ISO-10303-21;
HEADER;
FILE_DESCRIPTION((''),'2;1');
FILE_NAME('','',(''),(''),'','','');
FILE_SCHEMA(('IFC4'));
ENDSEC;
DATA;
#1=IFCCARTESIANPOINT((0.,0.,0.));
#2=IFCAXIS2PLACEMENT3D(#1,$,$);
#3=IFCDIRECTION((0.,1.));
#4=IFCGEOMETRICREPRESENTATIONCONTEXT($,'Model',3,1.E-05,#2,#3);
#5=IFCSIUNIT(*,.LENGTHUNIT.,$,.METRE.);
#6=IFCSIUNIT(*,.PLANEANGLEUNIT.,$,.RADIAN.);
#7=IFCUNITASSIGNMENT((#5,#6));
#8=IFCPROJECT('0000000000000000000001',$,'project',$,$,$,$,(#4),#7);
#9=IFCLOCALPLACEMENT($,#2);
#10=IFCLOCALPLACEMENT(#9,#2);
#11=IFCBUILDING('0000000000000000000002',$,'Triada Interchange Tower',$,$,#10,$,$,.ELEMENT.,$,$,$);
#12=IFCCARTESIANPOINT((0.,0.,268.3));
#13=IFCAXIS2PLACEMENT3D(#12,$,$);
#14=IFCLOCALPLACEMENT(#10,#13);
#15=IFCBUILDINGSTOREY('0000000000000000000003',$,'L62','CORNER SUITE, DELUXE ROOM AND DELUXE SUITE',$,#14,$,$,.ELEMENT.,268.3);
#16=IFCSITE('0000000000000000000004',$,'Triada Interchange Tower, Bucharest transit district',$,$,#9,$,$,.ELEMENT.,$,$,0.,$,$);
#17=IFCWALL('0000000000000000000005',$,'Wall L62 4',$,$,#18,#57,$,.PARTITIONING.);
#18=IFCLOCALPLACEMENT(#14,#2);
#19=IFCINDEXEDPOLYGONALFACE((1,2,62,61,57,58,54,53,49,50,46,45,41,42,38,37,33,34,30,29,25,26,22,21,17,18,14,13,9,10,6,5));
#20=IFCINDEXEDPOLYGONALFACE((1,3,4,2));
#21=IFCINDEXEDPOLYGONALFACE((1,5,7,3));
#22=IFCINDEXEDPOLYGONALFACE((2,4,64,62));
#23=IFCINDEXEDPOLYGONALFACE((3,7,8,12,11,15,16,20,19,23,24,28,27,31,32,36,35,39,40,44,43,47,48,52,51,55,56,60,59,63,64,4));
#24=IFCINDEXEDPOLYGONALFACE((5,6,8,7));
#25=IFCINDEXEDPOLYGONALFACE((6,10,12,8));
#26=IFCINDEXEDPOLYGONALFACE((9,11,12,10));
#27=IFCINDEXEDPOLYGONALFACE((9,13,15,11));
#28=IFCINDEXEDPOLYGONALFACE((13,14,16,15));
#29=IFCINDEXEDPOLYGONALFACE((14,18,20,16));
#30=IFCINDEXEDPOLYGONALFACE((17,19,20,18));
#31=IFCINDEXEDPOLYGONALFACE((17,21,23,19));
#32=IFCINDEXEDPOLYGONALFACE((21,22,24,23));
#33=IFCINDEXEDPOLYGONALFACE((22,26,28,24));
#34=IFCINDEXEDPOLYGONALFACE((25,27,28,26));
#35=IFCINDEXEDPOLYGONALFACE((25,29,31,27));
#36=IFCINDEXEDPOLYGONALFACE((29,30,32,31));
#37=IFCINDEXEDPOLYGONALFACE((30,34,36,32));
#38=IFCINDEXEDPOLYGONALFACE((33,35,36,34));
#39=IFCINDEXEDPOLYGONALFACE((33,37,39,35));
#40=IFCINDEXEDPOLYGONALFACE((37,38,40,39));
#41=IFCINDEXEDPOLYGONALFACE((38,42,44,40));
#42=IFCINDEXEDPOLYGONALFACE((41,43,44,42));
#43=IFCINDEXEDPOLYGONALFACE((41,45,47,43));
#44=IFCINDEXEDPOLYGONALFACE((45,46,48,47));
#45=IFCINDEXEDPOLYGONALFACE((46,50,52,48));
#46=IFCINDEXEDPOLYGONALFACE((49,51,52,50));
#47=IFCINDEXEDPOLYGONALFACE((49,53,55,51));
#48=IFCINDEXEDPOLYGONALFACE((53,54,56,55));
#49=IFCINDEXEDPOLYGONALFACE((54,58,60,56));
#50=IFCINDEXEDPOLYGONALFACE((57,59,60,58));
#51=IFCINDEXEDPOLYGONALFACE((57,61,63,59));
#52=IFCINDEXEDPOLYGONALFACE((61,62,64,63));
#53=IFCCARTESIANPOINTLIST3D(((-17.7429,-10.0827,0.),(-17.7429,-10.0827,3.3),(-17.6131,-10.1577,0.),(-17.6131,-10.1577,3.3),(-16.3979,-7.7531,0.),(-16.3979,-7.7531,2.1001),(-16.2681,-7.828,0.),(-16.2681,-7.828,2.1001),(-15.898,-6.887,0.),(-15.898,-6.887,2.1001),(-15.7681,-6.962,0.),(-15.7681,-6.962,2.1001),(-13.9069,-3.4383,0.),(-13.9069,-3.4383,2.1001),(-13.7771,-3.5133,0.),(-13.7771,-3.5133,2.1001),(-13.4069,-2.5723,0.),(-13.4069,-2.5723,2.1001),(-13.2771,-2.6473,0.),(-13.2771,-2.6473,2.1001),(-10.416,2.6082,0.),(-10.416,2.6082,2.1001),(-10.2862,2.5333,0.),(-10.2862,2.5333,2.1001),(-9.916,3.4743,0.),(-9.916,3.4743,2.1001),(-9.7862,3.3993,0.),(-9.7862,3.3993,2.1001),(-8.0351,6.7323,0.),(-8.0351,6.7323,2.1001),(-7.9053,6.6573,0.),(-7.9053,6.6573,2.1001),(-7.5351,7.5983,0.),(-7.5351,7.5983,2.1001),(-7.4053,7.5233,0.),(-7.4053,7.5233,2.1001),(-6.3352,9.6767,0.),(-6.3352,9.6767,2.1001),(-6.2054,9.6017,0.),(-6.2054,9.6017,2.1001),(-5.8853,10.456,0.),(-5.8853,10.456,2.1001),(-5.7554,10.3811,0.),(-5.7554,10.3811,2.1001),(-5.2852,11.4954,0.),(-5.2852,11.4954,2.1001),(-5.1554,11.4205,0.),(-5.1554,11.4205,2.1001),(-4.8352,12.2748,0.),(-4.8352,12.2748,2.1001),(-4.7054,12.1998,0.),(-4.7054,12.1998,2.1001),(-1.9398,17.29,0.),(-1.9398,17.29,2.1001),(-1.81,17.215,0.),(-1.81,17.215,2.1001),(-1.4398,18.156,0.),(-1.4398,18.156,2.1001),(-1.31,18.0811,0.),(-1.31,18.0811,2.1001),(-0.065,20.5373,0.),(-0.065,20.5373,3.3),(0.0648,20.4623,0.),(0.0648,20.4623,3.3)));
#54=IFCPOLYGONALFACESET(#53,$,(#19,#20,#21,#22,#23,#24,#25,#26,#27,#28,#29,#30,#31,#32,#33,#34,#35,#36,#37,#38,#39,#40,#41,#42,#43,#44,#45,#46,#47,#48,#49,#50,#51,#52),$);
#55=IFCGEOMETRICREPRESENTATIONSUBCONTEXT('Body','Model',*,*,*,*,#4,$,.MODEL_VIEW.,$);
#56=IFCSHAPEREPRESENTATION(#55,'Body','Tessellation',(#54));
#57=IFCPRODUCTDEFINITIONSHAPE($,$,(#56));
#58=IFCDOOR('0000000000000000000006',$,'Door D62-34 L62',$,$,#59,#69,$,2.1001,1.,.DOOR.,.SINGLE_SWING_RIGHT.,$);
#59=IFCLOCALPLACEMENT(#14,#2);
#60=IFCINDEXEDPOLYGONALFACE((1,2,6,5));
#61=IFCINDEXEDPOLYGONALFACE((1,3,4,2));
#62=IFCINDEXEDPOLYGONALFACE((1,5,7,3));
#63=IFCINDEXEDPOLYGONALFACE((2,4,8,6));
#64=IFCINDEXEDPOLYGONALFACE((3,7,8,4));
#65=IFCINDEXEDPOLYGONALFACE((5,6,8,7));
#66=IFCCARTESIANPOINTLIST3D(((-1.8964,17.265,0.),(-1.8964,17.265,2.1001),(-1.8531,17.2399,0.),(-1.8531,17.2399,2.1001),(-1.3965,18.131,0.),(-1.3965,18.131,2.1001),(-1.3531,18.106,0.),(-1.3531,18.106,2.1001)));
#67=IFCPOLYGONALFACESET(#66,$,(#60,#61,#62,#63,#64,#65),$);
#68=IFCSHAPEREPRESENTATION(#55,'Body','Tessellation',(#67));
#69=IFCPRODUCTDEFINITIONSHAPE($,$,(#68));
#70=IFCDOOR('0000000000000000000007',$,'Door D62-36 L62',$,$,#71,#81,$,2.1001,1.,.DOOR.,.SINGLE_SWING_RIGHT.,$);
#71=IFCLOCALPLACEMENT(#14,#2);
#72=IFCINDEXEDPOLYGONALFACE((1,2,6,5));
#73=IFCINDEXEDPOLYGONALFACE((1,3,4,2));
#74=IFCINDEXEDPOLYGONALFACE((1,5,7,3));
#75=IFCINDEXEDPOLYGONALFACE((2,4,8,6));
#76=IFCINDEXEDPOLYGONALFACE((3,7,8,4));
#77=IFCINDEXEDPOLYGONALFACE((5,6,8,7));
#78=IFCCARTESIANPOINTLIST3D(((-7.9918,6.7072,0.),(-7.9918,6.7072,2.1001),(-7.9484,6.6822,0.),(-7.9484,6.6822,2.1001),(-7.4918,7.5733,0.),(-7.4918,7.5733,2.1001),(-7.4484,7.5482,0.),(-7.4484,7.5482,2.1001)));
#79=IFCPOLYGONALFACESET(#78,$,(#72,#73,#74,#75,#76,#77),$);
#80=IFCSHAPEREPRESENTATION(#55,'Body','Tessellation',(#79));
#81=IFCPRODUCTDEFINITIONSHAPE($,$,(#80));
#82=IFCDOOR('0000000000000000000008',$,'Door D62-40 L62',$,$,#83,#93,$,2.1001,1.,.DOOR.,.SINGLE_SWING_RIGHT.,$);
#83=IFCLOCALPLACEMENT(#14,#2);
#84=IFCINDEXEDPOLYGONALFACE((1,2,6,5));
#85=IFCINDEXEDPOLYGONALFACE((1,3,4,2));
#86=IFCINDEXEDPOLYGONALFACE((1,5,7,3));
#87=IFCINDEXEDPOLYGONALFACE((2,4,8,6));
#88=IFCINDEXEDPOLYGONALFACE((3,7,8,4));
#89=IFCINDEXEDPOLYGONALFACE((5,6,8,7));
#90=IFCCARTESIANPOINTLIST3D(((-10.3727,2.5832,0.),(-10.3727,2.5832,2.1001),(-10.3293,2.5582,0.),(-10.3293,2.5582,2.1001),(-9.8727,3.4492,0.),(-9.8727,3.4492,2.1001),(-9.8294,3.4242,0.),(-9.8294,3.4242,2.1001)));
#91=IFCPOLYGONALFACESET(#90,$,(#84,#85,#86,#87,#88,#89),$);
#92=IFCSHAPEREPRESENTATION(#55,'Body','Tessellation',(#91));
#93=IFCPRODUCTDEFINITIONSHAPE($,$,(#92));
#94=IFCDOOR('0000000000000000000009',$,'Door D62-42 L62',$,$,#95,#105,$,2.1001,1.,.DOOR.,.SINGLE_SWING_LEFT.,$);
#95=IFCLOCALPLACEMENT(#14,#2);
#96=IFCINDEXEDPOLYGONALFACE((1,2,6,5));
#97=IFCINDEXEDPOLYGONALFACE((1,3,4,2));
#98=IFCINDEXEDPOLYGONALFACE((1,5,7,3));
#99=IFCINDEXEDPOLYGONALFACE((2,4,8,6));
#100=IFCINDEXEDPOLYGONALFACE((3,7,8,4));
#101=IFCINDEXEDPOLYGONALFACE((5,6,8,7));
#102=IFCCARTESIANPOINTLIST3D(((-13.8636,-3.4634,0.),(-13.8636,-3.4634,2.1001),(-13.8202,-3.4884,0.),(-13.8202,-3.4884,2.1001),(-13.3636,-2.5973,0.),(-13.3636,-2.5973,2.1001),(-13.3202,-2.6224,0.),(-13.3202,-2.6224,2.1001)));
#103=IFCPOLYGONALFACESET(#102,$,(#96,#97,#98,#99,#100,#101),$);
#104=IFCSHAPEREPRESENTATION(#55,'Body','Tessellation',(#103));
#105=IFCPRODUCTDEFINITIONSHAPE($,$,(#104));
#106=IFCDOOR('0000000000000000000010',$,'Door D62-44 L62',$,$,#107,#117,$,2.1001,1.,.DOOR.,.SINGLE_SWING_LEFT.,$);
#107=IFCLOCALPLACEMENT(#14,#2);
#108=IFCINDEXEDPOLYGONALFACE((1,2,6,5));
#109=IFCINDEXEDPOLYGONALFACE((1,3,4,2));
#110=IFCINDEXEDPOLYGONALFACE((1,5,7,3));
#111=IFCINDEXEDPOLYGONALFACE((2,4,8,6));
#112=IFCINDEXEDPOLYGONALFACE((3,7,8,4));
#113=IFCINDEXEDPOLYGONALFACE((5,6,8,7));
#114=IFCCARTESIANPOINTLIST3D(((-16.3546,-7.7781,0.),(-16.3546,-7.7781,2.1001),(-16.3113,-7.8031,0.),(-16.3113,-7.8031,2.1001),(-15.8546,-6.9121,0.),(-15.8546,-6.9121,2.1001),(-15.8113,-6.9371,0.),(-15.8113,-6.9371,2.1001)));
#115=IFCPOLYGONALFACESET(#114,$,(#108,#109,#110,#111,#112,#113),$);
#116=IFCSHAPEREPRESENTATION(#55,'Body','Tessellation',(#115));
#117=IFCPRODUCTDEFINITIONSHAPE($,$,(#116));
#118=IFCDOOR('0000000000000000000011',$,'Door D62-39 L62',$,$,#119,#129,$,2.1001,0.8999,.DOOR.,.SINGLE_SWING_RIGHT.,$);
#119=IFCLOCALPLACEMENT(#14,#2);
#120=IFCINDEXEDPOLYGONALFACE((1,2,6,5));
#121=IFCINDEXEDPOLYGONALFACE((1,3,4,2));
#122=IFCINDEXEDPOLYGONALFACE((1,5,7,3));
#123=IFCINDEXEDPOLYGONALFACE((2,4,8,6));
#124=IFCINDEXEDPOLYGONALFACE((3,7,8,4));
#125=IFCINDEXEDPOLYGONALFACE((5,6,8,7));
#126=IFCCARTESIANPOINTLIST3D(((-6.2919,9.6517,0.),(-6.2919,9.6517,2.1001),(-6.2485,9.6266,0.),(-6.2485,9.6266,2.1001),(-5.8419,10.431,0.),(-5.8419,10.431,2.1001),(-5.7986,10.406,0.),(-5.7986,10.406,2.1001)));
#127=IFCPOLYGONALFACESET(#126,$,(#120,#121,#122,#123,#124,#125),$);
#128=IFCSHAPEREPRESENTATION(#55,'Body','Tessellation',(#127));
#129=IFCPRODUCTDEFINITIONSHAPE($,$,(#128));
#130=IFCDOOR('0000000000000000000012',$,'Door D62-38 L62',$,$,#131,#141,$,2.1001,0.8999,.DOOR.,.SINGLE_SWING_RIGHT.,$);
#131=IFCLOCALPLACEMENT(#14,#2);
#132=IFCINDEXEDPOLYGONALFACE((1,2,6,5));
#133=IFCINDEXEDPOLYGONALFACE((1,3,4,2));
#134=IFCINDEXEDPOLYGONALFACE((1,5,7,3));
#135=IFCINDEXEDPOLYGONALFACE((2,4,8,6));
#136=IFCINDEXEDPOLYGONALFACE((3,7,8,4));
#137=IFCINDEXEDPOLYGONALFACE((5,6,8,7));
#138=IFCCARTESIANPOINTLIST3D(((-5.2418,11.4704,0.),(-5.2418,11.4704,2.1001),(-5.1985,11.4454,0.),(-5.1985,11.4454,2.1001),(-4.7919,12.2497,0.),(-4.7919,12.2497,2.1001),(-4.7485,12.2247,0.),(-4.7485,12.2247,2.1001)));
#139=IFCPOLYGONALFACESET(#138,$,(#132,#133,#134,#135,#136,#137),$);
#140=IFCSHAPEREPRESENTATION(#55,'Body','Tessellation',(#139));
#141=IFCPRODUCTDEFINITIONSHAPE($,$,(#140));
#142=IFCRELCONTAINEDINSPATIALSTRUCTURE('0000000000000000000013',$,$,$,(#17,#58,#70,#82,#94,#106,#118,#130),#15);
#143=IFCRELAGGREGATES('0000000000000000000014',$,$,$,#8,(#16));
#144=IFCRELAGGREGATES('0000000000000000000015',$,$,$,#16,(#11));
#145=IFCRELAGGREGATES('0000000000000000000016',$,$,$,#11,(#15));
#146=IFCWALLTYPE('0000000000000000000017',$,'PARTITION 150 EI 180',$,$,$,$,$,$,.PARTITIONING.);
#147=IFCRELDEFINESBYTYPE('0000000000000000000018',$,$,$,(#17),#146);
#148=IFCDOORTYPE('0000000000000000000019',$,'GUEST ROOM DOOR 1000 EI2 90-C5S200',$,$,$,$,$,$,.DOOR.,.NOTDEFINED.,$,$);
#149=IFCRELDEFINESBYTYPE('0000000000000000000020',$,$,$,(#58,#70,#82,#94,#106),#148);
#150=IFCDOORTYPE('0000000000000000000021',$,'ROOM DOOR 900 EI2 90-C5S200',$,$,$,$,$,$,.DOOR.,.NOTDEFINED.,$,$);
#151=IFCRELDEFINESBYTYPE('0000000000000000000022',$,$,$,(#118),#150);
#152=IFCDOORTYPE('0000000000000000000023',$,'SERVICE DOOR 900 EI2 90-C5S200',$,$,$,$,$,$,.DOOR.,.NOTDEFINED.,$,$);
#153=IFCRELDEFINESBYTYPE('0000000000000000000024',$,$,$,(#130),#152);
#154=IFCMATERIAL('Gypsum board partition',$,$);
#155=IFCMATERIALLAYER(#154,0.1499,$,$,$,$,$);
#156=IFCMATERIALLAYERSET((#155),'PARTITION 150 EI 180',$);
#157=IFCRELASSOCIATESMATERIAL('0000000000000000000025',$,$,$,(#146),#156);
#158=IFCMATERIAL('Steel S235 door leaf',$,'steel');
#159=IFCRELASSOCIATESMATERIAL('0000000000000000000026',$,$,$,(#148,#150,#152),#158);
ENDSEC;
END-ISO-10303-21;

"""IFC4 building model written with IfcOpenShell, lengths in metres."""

from ifc_helpers import new_model, si_unit, direction, frame, frame_2d, origin, place, context, subcontext, project, spatial, rectangle, extrude, material, layer, layer_set, type_object, element, fill, save


model = new_model("IFC4")

# Units and contexts
model_context = context("Model", 3, precision=1e-05, world=origin(), true_north=direction((0.0, 1.0)))
body_context = subcontext(model_context, "Body", "Model", "MODEL_VIEW")
ifc_project = project(units=[si_unit("LENGTHUNIT", "METRE"), si_unit("PLANEANGLEUNIT", "RADIAN")], contexts=[model_context])

# Site, building, storey
site_placement = place(None, origin())
site = spatial("IfcSite", under=ifc_project, at=site_placement, Name="Triada Interchange Tower, Bucharest transit district", CompositionType="ELEMENT", RefElevation=0.0)
building_placement = place(site_placement, origin())
building = spatial("IfcBuilding", under=site, at=building_placement, Name="Triada Interchange Tower", CompositionType="ELEMENT")
storey_placement = place(building_placement, frame((0.0, 0.0, 268.3)))
storey = spatial("IfcBuildingStorey", under=building, at=storey_placement, Name="L62", Description="CORNER SUITE, DELUXE ROOM AND DELUXE SUITE", CompositionType="ELEMENT", Elevation=268.3)

# Wall, openings, doors
ifc_material_1 = material(Name="Gypsum board partition")
ifc_layer = layer(ifc_material_1, 0.1499)
ifc_layer_set = layer_set([ifc_layer], Name="PARTITION 150 EI 180")
wall_type = type_object("IfcWallType", Name="PARTITION 150 EI 180", PredefinedType="PARTITIONING", material=ifc_layer_set)
wall_1_placement = place(storey_placement, frame((-17.678, -10.1201, 0.0), z_axis=(0.0, 0.0, 1.0), x_axis=(0.499988, 0.866032, 0.0)))
wall_1 = element("IfcWall", 1, at=wall_1_placement, inside=storey, type_object=wall_type, Name="Wall L62 4", PredefinedType="PARTITIONING", context=body_context, shape_type="SweptSolid", body=[
    extrude(rectangle(XDim=35.3567, YDim=0.1499, at=frame_2d((17.6782, 0.0))), origin(), (0.0, 0.0, 1.0), 3.3),
])
opening_1_placement = place(wall_1_placement, frame((31.6069, 0.0, 0.0)))
opening_1 = element("IfcOpeningElement", 2, at=opening_1_placement, cuts=wall_1, PredefinedType="OPENING", context=body_context, shape_type="SweptSolid", body=[
    extrude(rectangle(XDim=1.0, YDim=2.1001, at=frame_2d((0.5, 1.05))), frame((0.0, 0.085, 0.0), z_axis=(0.0, -1.0, 0.0), x_axis=(1.0, 0.0, 0.0)), (0.0, 0.0, 1.0), 0.1699),
])
opening_2_placement = place(wall_1_placement, frame((19.416, 0.0, 0.0)))
opening_2 = element("IfcOpeningElement", 3, at=opening_2_placement, cuts=wall_1, PredefinedType="OPENING", context=body_context, shape_type="SweptSolid", body=[
    extrude(rectangle(XDim=1.0, YDim=2.1001, at=frame_2d((0.5, 1.05))), frame((0.0, 0.085, 0.0), z_axis=(0.0, -1.0, 0.0), x_axis=(1.0, 0.0, 0.0)), (0.0, 0.0, 1.0), 0.1699),
])
opening_3_placement = place(wall_1_placement, frame((24.916, 0.0, 0.0)))
opening_3 = element("IfcOpeningElement", 4, at=opening_3_placement, cuts=wall_1, PredefinedType="OPENING", context=body_context, shape_type="SweptSolid", body=[
    extrude(rectangle(XDim=0.8999, YDim=2.1001, at=frame_2d((0.45, 1.05))), frame((0.0, 0.085, 0.0), z_axis=(0.0, -1.0, 0.0), x_axis=(1.0, 0.0, 0.0)), (0.0, 0.0, 1.0), 0.1699),
])
opening_4_placement = place(wall_1_placement, frame((22.8159, 0.0, 0.0)))
opening_4 = element("IfcOpeningElement", 5, at=opening_4_placement, cuts=wall_1, PredefinedType="OPENING", context=body_context, shape_type="SweptSolid", body=[
    extrude(rectangle(XDim=0.8999, YDim=2.1001, at=frame_2d((0.45, 1.05))), frame((0.0, 0.085, 0.0), z_axis=(0.0, -1.0, 0.0), x_axis=(1.0, 0.0, 0.0)), (0.0, 0.0, 1.0), 0.1699),
])
opening_5_placement = place(wall_1_placement, frame((14.6541, 0.0, 0.0)))
opening_5 = element("IfcOpeningElement", 6, at=opening_5_placement, cuts=wall_1, PredefinedType="OPENING", context=body_context, shape_type="SweptSolid", body=[
    extrude(rectangle(XDim=1.0, YDim=2.1001, at=frame_2d((0.5, 1.05))), frame((0.0, 0.085, 0.0), z_axis=(0.0, -1.0, 0.0), x_axis=(1.0, 0.0, 0.0)), (0.0, 0.0, 1.0), 0.1699),
])
opening_6_placement = place(wall_1_placement, frame((7.6721, 0.0, 0.0)))
opening_6 = element("IfcOpeningElement", 7, at=opening_6_placement, cuts=wall_1, PredefinedType="OPENING", context=body_context, shape_type="SweptSolid", body=[
    extrude(rectangle(XDim=1.0, YDim=2.1001, at=frame_2d((0.5, 1.05))), frame((0.0, 0.085, 0.0), z_axis=(0.0, -1.0, 0.0), x_axis=(1.0, 0.0, 0.0)), (0.0, 0.0, 1.0), 0.1699),
])
opening_7_placement = place(wall_1_placement, frame((2.6899, 0.0, 0.0)))
opening_7 = element("IfcOpeningElement", 8, at=opening_7_placement, cuts=wall_1, PredefinedType="OPENING", context=body_context, shape_type="SweptSolid", body=[
    extrude(rectangle(XDim=1.0, YDim=2.1001, at=frame_2d((0.5, 1.05))), frame((0.0, 0.085, 0.0), z_axis=(0.0, -1.0, 0.0), x_axis=(1.0, 0.0, 0.0)), (0.0, 0.0, 1.0), 0.1699),
])
ifc_material_2 = material(Name="Steel S235 door leaf", Category="steel")
door_type_1 = type_object("IfcDoorType", Name="GUEST ROOM DOOR 1000 EI2 90-C5S200", OperationType="NOTDEFINED", PredefinedType="DOOR", material=ifc_material_2)
door_1_placement = place(opening_1_placement, origin())
door_1 = element("IfcDoor", 9, at=door_1_placement, inside=storey, type_object=door_type_1, Name="Door D62-34 L62", OperationType="SINGLE_SWING_RIGHT", OverallHeight=2.1001, OverallWidth=1.0, PredefinedType="DOOR", context=body_context, shape_type="SweptSolid", body=[
    extrude(rectangle(XDim=1.0, YDim=2.1001, at=frame_2d((0.5, 1.05))), frame((0.0, 0.0249, 0.0), z_axis=(0.0, -1.0, 0.0), x_axis=(1.0, 0.0, 0.0)), (0.0, 0.0, 1.0), 0.05),
])
fill(opening_1, door_1)
door_2_placement = place(opening_2_placement, origin())
door_2 = element("IfcDoor", 10, at=door_2_placement, inside=storey, type_object=door_type_1, Name="Door D62-36 L62", OperationType="SINGLE_SWING_RIGHT", OverallHeight=2.1001, OverallWidth=1.0, PredefinedType="DOOR", context=body_context, shape_type="SweptSolid", body=[
    extrude(rectangle(XDim=1.0, YDim=2.1001, at=frame_2d((0.5, 1.05))), frame((0.0, 0.0249, 0.0), z_axis=(0.0, -1.0, 0.0), x_axis=(1.0, 0.0, 0.0)), (0.0, 0.0, 1.0), 0.05),
])
fill(opening_2, door_2)
door_3_placement = place(opening_5_placement, origin())
door_3 = element("IfcDoor", 11, at=door_3_placement, inside=storey, type_object=door_type_1, Name="Door D62-40 L62", OperationType="SINGLE_SWING_RIGHT", OverallHeight=2.1001, OverallWidth=1.0, PredefinedType="DOOR", context=body_context, shape_type="SweptSolid", body=[
    extrude(rectangle(XDim=1.0, YDim=2.1001, at=frame_2d((0.5, 1.05))), frame((0.0, 0.0249, 0.0), z_axis=(0.0, -1.0, 0.0), x_axis=(1.0, 0.0, 0.0)), (0.0, 0.0, 1.0), 0.05),
])
fill(opening_5, door_3)
door_4_placement = place(opening_6_placement, origin())
door_4 = element("IfcDoor", 12, at=door_4_placement, inside=storey, type_object=door_type_1, Name="Door D62-42 L62", OperationType="SINGLE_SWING_LEFT", OverallHeight=2.1001, OverallWidth=1.0, PredefinedType="DOOR", context=body_context, shape_type="SweptSolid", body=[
    extrude(rectangle(XDim=1.0, YDim=2.1001, at=frame_2d((0.5, 1.05))), frame((0.0, 0.0249, 0.0), z_axis=(0.0, -1.0, 0.0), x_axis=(1.0, 0.0, 0.0)), (0.0, 0.0, 1.0), 0.05),
])
fill(opening_6, door_4)
door_5_placement = place(opening_7_placement, origin())
door_5 = element("IfcDoor", 13, at=door_5_placement, inside=storey, type_object=door_type_1, Name="Door D62-44 L62", OperationType="SINGLE_SWING_LEFT", OverallHeight=2.1001, OverallWidth=1.0, PredefinedType="DOOR", context=body_context, shape_type="SweptSolid", body=[
    extrude(rectangle(XDim=1.0, YDim=2.1001, at=frame_2d((0.5, 1.05))), frame((0.0, 0.0249, 0.0), z_axis=(0.0, -1.0, 0.0), x_axis=(1.0, 0.0, 0.0)), (0.0, 0.0, 1.0), 0.05),
])
fill(opening_7, door_5)
door_type_2 = type_object("IfcDoorType", Name="ROOM DOOR 900 EI2 90-C5S200", OperationType="NOTDEFINED", PredefinedType="DOOR", material=ifc_material_2)
door_6_placement = place(opening_4_placement, origin())
door_6 = element("IfcDoor", 14, at=door_6_placement, inside=storey, type_object=door_type_2, Name="Door D62-39 L62", OperationType="SINGLE_SWING_RIGHT", OverallHeight=2.1001, OverallWidth=0.8999, PredefinedType="DOOR", context=body_context, shape_type="SweptSolid", body=[
    extrude(rectangle(XDim=0.8999, YDim=2.1001, at=frame_2d((0.45, 1.05))), frame((0.0, 0.0249, 0.0), z_axis=(0.0, -1.0, 0.0), x_axis=(1.0, 0.0, 0.0)), (0.0, 0.0, 1.0), 0.05),
])
fill(opening_4, door_6)
door_type_3 = type_object("IfcDoorType", Name="SERVICE DOOR 900 EI2 90-C5S200", OperationType="NOTDEFINED", PredefinedType="DOOR", material=ifc_material_2)
door_7_placement = place(opening_3_placement, origin())
door_7 = element("IfcDoor", 15, at=door_7_placement, inside=storey, type_object=door_type_3, Name="Door D62-38 L62", OperationType="SINGLE_SWING_RIGHT", OverallHeight=2.1001, OverallWidth=0.8999, PredefinedType="DOOR", context=body_context, shape_type="SweptSolid", body=[
    extrude(rectangle(XDim=0.8999, YDim=2.1001, at=frame_2d((0.45, 1.05))), frame((0.0, 0.0249, 0.0), z_axis=(0.0, -1.0, 0.0), x_axis=(1.0, 0.0, 0.0)), (0.0, 0.0, 1.0), 0.05),
])
fill(opening_3, door_7)

save(model, "model.ifc")
